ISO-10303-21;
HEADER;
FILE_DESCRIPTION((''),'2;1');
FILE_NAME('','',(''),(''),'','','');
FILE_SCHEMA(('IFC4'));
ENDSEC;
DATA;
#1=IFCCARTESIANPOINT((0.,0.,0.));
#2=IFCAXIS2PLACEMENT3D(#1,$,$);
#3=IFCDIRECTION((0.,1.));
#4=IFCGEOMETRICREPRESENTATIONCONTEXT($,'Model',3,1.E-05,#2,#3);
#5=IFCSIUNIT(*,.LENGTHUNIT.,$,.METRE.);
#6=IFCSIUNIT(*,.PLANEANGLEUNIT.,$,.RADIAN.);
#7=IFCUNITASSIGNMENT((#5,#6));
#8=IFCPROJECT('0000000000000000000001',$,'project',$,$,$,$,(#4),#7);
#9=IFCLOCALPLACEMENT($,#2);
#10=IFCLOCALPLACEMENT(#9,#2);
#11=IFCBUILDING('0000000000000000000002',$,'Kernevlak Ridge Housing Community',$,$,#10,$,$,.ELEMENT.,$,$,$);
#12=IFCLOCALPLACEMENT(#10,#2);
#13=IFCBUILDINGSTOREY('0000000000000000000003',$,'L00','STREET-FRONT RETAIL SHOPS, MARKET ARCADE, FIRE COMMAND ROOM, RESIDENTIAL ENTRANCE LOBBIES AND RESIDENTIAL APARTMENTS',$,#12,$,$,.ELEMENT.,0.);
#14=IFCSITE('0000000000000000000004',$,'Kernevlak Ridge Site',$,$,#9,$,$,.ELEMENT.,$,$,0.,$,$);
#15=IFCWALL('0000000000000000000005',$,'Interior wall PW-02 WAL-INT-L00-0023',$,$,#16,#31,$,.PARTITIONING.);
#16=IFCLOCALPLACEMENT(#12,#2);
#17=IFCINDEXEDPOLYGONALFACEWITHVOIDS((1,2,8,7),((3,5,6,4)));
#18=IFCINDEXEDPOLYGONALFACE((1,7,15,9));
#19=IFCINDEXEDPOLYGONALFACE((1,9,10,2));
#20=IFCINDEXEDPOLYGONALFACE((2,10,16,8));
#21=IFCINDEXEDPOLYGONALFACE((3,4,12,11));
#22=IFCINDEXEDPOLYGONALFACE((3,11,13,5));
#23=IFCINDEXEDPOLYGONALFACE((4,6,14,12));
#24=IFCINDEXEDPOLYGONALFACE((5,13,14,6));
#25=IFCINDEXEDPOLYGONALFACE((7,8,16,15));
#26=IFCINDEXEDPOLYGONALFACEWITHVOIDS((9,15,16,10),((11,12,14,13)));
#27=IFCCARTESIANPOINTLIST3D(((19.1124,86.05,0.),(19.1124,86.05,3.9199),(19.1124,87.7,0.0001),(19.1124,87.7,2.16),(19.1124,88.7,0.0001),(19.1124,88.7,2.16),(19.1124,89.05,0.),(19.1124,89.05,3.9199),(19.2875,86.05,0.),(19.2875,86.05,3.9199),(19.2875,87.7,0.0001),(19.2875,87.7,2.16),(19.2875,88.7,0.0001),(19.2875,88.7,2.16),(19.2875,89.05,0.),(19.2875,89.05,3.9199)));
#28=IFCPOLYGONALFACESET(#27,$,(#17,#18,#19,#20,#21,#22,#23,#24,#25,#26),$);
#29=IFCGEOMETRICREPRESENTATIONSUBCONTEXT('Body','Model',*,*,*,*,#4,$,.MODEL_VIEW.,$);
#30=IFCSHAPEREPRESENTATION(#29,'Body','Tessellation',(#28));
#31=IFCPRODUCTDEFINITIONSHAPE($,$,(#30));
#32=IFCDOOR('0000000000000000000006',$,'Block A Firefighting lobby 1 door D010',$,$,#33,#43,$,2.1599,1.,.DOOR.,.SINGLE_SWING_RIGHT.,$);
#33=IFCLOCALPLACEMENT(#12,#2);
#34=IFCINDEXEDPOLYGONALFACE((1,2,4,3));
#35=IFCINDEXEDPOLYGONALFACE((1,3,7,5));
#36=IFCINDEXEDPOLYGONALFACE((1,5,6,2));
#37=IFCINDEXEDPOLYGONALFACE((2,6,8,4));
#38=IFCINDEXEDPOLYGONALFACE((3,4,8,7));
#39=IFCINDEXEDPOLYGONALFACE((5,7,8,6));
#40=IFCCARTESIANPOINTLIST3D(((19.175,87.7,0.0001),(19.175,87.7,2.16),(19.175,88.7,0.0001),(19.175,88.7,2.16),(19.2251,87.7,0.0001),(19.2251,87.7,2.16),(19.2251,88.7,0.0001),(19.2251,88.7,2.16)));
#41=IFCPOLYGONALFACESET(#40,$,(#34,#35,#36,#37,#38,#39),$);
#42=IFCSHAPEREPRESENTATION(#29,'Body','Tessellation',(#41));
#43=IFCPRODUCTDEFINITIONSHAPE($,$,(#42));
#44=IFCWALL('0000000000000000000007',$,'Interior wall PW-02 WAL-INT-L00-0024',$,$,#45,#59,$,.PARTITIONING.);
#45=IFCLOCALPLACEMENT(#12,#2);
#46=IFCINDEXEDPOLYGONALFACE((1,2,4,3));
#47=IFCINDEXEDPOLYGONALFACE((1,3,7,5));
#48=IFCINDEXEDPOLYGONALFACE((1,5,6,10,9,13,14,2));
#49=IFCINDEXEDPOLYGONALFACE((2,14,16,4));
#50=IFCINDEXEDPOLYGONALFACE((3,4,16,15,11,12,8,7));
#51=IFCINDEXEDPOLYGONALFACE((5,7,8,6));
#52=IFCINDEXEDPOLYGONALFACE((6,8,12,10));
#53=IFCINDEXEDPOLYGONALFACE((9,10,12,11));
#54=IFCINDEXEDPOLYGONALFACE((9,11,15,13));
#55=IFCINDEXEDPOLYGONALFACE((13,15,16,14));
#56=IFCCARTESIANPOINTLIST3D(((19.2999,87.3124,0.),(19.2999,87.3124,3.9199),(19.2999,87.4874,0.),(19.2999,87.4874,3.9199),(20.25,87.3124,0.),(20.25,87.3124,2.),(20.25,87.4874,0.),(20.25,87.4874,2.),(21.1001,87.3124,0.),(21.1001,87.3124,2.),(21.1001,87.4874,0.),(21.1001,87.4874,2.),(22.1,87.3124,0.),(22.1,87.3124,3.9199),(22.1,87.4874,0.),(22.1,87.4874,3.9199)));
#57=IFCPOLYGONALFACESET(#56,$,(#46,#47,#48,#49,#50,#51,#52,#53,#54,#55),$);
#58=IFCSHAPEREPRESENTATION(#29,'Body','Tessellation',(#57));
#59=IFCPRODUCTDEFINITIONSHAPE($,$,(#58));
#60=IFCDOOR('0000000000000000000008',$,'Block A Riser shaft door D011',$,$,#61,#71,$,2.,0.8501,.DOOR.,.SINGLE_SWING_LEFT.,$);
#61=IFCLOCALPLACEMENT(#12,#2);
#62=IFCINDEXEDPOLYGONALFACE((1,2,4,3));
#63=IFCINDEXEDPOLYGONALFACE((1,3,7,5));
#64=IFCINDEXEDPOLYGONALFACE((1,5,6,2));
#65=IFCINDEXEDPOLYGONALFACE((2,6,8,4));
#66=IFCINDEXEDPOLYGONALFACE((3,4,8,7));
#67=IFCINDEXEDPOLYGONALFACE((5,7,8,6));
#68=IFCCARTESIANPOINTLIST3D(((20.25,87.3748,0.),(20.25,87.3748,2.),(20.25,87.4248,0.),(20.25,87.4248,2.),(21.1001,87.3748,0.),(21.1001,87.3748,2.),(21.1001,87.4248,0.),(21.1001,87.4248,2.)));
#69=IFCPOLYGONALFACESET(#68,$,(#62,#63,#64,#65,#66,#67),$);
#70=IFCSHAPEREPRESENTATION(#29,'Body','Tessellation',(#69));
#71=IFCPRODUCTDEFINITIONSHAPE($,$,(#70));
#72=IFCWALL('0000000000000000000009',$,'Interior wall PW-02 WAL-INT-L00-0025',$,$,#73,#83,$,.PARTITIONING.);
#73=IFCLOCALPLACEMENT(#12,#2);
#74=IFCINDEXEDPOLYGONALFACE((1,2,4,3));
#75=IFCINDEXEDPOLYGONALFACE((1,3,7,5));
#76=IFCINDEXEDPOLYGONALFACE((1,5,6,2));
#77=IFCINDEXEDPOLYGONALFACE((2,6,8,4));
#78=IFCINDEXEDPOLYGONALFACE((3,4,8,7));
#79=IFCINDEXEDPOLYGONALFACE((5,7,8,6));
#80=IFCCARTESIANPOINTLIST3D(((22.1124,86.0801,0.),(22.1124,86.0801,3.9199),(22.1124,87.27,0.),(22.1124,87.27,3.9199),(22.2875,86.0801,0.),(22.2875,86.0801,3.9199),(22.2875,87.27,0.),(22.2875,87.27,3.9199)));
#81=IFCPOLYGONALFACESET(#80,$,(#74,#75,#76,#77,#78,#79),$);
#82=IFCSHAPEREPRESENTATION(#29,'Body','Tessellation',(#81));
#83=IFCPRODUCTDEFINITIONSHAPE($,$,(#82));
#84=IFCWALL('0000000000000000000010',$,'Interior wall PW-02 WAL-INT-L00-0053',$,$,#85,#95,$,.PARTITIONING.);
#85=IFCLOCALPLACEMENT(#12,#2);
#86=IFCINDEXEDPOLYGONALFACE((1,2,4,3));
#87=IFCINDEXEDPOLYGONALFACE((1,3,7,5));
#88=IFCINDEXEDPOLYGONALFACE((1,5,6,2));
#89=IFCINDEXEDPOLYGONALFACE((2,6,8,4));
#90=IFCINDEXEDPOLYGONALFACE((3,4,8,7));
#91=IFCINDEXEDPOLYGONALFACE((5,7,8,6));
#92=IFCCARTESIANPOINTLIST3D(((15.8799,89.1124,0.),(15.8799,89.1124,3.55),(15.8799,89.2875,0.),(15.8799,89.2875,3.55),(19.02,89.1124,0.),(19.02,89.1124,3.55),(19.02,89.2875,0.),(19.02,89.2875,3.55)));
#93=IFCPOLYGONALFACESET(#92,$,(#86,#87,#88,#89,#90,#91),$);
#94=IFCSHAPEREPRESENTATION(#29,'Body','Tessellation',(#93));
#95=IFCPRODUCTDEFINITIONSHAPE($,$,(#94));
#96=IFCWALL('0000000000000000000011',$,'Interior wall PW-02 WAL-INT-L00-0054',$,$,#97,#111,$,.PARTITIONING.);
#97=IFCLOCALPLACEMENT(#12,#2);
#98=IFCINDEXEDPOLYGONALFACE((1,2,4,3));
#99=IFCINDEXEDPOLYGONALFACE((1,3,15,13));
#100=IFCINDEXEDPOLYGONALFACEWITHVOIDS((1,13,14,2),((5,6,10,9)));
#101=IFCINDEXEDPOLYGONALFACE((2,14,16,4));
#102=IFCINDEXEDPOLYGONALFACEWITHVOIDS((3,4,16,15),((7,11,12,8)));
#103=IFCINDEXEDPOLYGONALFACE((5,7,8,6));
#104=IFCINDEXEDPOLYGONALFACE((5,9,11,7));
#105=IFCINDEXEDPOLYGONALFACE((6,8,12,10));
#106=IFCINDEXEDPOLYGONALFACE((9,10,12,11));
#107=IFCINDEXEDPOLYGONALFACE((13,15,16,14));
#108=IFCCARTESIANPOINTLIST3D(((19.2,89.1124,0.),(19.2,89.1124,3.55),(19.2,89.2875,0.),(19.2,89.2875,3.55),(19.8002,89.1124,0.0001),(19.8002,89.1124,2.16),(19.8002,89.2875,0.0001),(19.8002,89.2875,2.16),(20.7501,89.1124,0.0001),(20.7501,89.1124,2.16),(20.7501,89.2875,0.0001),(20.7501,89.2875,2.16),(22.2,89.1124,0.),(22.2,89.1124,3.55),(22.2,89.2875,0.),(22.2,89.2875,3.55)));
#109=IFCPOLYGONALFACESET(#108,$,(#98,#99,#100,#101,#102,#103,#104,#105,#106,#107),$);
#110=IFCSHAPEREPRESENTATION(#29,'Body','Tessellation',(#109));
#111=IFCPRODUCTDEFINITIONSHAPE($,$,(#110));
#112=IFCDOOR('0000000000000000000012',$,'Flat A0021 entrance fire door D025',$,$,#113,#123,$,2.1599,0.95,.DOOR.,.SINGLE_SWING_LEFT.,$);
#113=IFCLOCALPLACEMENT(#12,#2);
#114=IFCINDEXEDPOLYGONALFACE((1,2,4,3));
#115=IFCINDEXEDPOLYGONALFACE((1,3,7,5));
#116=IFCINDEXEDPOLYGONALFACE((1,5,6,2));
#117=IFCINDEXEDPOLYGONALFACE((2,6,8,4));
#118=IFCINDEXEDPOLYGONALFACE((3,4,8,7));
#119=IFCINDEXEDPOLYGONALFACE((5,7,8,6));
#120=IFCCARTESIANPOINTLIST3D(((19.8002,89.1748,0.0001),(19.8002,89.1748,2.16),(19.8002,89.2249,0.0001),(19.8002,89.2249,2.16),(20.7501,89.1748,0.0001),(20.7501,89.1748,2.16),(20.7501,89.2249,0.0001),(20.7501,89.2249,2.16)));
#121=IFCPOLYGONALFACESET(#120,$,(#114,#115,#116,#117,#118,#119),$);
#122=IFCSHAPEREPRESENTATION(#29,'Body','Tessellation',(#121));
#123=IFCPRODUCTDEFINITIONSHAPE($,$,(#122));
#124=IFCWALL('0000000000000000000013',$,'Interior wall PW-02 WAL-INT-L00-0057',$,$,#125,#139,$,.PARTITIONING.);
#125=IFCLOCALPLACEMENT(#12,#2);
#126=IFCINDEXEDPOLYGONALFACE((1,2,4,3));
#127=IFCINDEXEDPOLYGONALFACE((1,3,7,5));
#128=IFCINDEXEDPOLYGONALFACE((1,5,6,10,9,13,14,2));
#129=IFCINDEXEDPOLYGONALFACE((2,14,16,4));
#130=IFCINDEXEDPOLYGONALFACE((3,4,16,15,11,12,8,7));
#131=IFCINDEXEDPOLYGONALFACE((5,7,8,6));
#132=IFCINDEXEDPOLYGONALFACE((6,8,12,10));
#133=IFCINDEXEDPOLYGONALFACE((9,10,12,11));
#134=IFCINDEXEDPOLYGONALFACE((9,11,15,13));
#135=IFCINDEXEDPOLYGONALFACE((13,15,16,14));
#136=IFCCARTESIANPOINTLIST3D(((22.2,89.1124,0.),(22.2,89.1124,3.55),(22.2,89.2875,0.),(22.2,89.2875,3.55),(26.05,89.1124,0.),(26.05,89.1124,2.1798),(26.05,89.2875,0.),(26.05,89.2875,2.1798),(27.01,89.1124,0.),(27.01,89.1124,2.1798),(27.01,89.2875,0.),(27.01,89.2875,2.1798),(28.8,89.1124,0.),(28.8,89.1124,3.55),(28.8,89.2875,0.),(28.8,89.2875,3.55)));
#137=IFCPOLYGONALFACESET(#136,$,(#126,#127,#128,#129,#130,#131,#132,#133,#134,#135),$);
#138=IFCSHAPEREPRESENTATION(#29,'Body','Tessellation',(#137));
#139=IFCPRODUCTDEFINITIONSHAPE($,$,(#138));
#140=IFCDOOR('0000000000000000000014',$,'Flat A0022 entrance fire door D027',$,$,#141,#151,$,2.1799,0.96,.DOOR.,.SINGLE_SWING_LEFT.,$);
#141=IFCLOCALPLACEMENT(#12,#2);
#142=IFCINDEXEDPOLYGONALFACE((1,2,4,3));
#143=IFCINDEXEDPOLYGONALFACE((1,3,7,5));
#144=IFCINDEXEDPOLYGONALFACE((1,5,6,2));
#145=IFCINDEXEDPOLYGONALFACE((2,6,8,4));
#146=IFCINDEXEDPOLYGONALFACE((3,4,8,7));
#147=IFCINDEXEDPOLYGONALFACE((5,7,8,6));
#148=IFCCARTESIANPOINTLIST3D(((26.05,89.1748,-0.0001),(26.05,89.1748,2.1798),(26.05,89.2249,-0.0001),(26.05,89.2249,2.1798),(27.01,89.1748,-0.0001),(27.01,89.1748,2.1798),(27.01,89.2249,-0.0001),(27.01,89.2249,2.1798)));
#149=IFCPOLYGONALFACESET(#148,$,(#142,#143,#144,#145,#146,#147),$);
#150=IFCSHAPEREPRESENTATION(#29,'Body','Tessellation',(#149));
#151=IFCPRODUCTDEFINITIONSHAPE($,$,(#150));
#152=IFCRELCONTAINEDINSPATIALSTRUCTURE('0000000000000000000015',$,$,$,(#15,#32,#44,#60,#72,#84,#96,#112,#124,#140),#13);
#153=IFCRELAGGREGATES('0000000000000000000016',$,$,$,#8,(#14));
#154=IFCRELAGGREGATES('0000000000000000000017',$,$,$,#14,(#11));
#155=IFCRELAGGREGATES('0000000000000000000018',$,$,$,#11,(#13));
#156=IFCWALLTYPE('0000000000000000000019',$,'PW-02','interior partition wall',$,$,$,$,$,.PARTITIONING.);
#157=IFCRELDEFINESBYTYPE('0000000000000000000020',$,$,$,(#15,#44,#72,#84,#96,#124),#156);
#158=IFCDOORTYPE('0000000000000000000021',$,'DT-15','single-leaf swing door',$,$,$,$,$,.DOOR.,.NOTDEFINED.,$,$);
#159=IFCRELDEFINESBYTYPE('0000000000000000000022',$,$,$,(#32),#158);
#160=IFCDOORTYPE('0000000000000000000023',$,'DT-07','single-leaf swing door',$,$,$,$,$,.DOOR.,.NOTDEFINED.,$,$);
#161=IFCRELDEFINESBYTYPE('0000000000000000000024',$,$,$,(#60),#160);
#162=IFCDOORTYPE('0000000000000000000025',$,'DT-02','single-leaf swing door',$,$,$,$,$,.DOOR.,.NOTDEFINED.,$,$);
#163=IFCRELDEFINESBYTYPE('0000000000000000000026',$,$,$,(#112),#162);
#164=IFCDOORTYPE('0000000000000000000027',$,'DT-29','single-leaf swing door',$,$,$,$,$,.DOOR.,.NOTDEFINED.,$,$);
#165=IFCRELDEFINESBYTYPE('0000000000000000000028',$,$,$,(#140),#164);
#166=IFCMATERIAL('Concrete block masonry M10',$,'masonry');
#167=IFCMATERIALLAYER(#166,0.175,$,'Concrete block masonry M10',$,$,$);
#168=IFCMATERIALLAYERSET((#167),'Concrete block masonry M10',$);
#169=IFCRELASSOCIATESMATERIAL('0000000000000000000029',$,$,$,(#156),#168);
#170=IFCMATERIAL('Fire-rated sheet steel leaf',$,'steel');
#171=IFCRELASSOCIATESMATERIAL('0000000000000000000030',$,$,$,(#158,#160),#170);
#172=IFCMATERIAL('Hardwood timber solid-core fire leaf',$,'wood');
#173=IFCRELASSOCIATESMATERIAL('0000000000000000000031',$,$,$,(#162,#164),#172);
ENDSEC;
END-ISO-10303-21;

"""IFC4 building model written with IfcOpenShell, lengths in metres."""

from ifc_helpers import new_model, si_unit, direction, frame, frame_2d, origin, place, context, subcontext, project, spatial, rectangle, extrude, material, layer, layer_set, type_object, element, fill, save


model = new_model("IFC4")

# Units and contexts
model_context = context("Model", 3, precision=1e-05, world=origin(), true_north=direction((0.0, 1.0)))
body_context = subcontext(model_context, "Body", "Model", "MODEL_VIEW")
ifc_project = project(units=[si_unit("LENGTHUNIT", "METRE"), si_unit("PLANEANGLEUNIT", "RADIAN")], contexts=[model_context])

# Site, building, storey
site_placement = place(None, origin())
site = spatial("IfcSite", under=ifc_project, at=site_placement, Name="Kernevlak Ridge Site", CompositionType="ELEMENT", RefElevation=0.0)
building_placement = place(site_placement, origin())
building = spatial("IfcBuilding", under=site, at=building_placement, Name="Kernevlak Ridge Housing Community", CompositionType="ELEMENT")
storey_placement = place(building_placement, origin())
storey = spatial("IfcBuildingStorey", under=building, at=storey_placement, Name="L00", Description="STREET-FRONT RETAIL SHOPS, MARKET ARCADE, FIRE COMMAND ROOM, RESIDENTIAL ENTRANCE LOBBIES AND RESIDENTIAL APARTMENTS", CompositionType="ELEMENT", Elevation=0.0)

# Shared definitions
ifc_material_1 = material(Name="Concrete block masonry M10", Category="masonry")

# Walls, openings, doors
ifc_layer_1 = layer(ifc_material_1, 0.175, Name="Concrete block masonry M10")
ifc_layer_set_1 = layer_set([ifc_layer_1], Name="Concrete block masonry M10")
wall_type_1 = type_object("IfcWallType", Name="PW-02", Description="interior partition wall", PredefinedType="PARTITIONING", material=ifc_layer_set_1)
wall_1_placement = place(storey_placement, frame((19.2, 86.05, 0.0), z_axis=(0.0, 0.0, 1.0), x_axis=(0.0, 1.0, 0.0)))
wall_1 = element("IfcWall", 1, at=wall_1_placement, inside=storey, type_object=wall_type_1, Name="Interior wall PW-02 WAL-INT-L00-0023", PredefinedType="PARTITIONING", context=body_context, shape_type="SweptSolid", body=[
    extrude(rectangle(XDim=3.0, YDim=0.175, at=frame_2d((1.5, 0.0))), origin(), (0.0, 0.0, 1.0), 3.9199),
])
opening_1_placement = place(wall_1_placement, frame((1.6499, 0.0, 0.0)))
opening_1 = element("IfcOpeningElement", 2, at=opening_1_placement, cuts=wall_1, PredefinedType="OPENING", context=body_context, shape_type="SweptSolid", body=[
    extrude(rectangle(XDim=1.0, YDim=2.1599, at=frame_2d((0.5, 1.0801))), frame((0.0, 0.0974, 0.0), z_axis=(0.0, -1.0, 0.0), x_axis=(1.0, 0.0, 0.0)), (0.0, 0.0, 1.0), 0.1951),
])
ifc_material_2 = material(Name="Fire-rated sheet steel leaf", Category="steel")
door_type_1 = type_object("IfcDoorType", Name="DT-15", Description="single-leaf swing door", OperationType="NOTDEFINED", PredefinedType="DOOR", material=ifc_material_2)
door_1_placement = place(opening_1_placement, origin())
door_1 = element("IfcDoor", 3, at=door_1_placement, inside=storey, type_object=door_type_1, Name="Block A Firefighting lobby 1 door D010", OperationType="SINGLE_SWING_RIGHT", OverallHeight=2.1599, OverallWidth=1.0, PredefinedType="DOOR", context=body_context, shape_type="SweptSolid", body=[
    extrude(rectangle(XDim=1.0, YDim=2.1599, at=frame_2d((0.5, 1.0801))), frame((0.0, 0.0249, 0.0), z_axis=(0.0, -1.0, 0.0), x_axis=(1.0, 0.0, 0.0)), (0.0, 0.0, 1.0), 0.05),
])
fill(opening_1, door_1)
wall_2_placement = place(storey_placement, frame((19.3, 87.3999, 0.0), z_axis=(0.0, 0.0, 1.0), x_axis=(1.0, 0.0, 0.0)))
wall_2 = element("IfcWall", 4, at=wall_2_placement, inside=storey, type_object=wall_type_1, Name="Interior wall PW-02 WAL-INT-L00-0024", PredefinedType="PARTITIONING", context=body_context, shape_type="SweptSolid", body=[
    extrude(rectangle(XDim=2.8, YDim=0.175, at=frame_2d((1.3999, 0.0))), origin(), (0.0, 0.0, 1.0), 3.9199),
])
opening_2_placement = place(wall_2_placement, frame((0.95, 0.0, 0.0)))
opening_2 = element("IfcOpeningElement", 5, at=opening_2_placement, cuts=wall_2, PredefinedType="OPENING", context=body_context, shape_type="SweptSolid", body=[
    extrude(rectangle(XDim=0.8501, YDim=2.0, at=frame_2d((0.425, 1.0))), frame((0.0, 0.0974, 0.0), z_axis=(0.0, -1.0, 0.0), x_axis=(1.0, 0.0, 0.0)), (0.0, 0.0, 1.0), 0.1951),
])
door_type_2 = type_object("IfcDoorType", Name="DT-07", Description="single-leaf swing door", OperationType="NOTDEFINED", PredefinedType="DOOR", material=ifc_material_2)
door_2_placement = place(opening_2_placement, origin())
door_2 = element("IfcDoor", 6, at=door_2_placement, inside=storey, type_object=door_type_2, Name="Block A Riser shaft door D011", OperationType="SINGLE_SWING_LEFT", OverallHeight=2.0, OverallWidth=0.8501, PredefinedType="DOOR", context=body_context, shape_type="SweptSolid", body=[
    extrude(rectangle(XDim=0.8501, YDim=2.0, at=frame_2d((0.425, 1.0))), frame((0.0, 0.0249, 0.0), z_axis=(0.0, -1.0, 0.0), x_axis=(1.0, 0.0, 0.0)), (0.0, 0.0, 1.0), 0.05),
])
fill(opening_2, door_2)

# Walls
wall_3_placement = place(storey_placement, frame((22.2, 86.0801, 0.0), z_axis=(0.0, 0.0, 1.0), x_axis=(0.0, 1.0, 0.0)))
element("IfcWall", 7, at=wall_3_placement, inside=storey, type_object=wall_type_1, Name="Interior wall PW-02 WAL-INT-L00-0025", PredefinedType="PARTITIONING", context=body_context, shape_type="SweptSolid", body=[
    extrude(rectangle(XDim=1.1899, YDim=0.175, at=frame_2d((0.595, 0.0))), origin(), (0.0, 0.0, 1.0), 3.9199),
])
wall_4_placement = place(storey_placement, frame((15.8799, 89.2, 0.0), z_axis=(0.0, 0.0, 1.0), x_axis=(1.0, 0.0, 0.0)))
element("IfcWall", 8, at=wall_4_placement, inside=storey, type_object=wall_type_1, Name="Interior wall PW-02 WAL-INT-L00-0053", PredefinedType="PARTITIONING", context=body_context, shape_type="SweptSolid", body=[
    extrude(rectangle(XDim=3.1401, YDim=0.175, at=frame_2d((1.5701, 0.0))), origin(), (0.0, 0.0, 1.0), 3.55),
])

# Walls, openings, doors
wall_5_placement = place(storey_placement, frame((19.2, 89.2, 0.0), z_axis=(0.0, 0.0, 1.0), x_axis=(1.0, 0.0, 0.0)))
wall_5 = element("IfcWall", 9, at=wall_5_placement, inside=storey, type_object=wall_type_1, Name="Interior wall PW-02 WAL-INT-L00-0054", PredefinedType="PARTITIONING", context=body_context, shape_type="SweptSolid", body=[
    extrude(rectangle(XDim=3.0, YDim=0.175, at=frame_2d((1.5, 0.0))), origin(), (0.0, 0.0, 1.0), 3.55),
])
opening_3_placement = place(wall_5_placement, frame((0.6001, 0.0, 0.0)))
opening_3 = element("IfcOpeningElement", 10, at=opening_3_placement, cuts=wall_5, PredefinedType="OPENING", context=body_context, shape_type="SweptSolid", body=[
    extrude(rectangle(XDim=0.95, YDim=2.1599, at=frame_2d((0.4751, 1.0801))), frame((0.0, 0.0974, 0.0), z_axis=(0.0, -1.0, 0.0), x_axis=(1.0, 0.0, 0.0)), (0.0, 0.0, 1.0), 0.1951),
])
ifc_material_3 = material(Name="Hardwood timber solid-core fire leaf", Category="wood")
door_type_3 = type_object("IfcDoorType", Name="DT-02", Description="single-leaf swing door", OperationType="NOTDEFINED", PredefinedType="DOOR", material=ifc_material_3)
door_3_placement = place(opening_3_placement, origin())
door_3 = element("IfcDoor", 11, at=door_3_placement, inside=storey, type_object=door_type_3, Name="Flat A0021 entrance fire door D025", OperationType="SINGLE_SWING_LEFT", OverallHeight=2.1599, OverallWidth=0.95, PredefinedType="DOOR", context=body_context, shape_type="SweptSolid", body=[
    extrude(rectangle(XDim=0.95, YDim=2.1599, at=frame_2d((0.4751, 1.0801))), frame((0.0, 0.0249, 0.0), z_axis=(0.0, -1.0, 0.0), x_axis=(1.0, 0.0, 0.0)), (0.0, 0.0, 1.0), 0.05),
])
fill(opening_3, door_3)
wall_6_placement = place(storey_placement, frame((22.2, 89.2, 0.0), z_axis=(0.0, 0.0, 1.0), x_axis=(1.0, 0.0, 0.0)))
wall_6 = element("IfcWall", 12, at=wall_6_placement, inside=storey, type_object=wall_type_1, Name="Interior wall PW-02 WAL-INT-L00-0057", PredefinedType="PARTITIONING", context=body_context, shape_type="SweptSolid", body=[
    extrude(rectangle(XDim=6.6001, YDim=0.175, at=frame_2d((3.3, 0.0))), origin(), (0.0, 0.0, 1.0), 3.55),
])
opening_4_placement = place(wall_6_placement, frame((3.8501, 0.0, 0.0)))
opening_4 = element("IfcOpeningElement", 13, at=opening_4_placement, cuts=wall_6, PredefinedType="OPENING", context=body_context, shape_type="SweptSolid", body=[
    extrude(rectangle(XDim=0.96, YDim=2.1799, at=frame_2d((0.48, 1.0898))), frame((0.0, 0.0974, 0.0), z_axis=(0.0, -1.0, 0.0), x_axis=(1.0, 0.0, 0.0)), (0.0, 0.0, 1.0), 0.1951),
])
door_type_4 = type_object("IfcDoorType", Name="DT-29", Description="single-leaf swing door", OperationType="NOTDEFINED", PredefinedType="DOOR", material=ifc_material_3)
door_4_placement = place(opening_4_placement, origin())
door_4 = element("IfcDoor", 14, at=door_4_placement, inside=storey, type_object=door_type_4, Name="Flat A0022 entrance fire door D027", OperationType="SINGLE_SWING_LEFT", OverallHeight=2.1799, OverallWidth=0.96, PredefinedType="DOOR", context=body_context, shape_type="SweptSolid", body=[
    extrude(rectangle(XDim=0.96, YDim=2.1799, at=frame_2d((0.48, 1.0898))), frame((0.0, 0.0249, 0.0), z_axis=(0.0, -1.0, 0.0), x_axis=(1.0, 0.0, 0.0)), (0.0, 0.0, 1.0), 0.05),
])
fill(opening_4, door_4)

save(model, "model.ifc")
